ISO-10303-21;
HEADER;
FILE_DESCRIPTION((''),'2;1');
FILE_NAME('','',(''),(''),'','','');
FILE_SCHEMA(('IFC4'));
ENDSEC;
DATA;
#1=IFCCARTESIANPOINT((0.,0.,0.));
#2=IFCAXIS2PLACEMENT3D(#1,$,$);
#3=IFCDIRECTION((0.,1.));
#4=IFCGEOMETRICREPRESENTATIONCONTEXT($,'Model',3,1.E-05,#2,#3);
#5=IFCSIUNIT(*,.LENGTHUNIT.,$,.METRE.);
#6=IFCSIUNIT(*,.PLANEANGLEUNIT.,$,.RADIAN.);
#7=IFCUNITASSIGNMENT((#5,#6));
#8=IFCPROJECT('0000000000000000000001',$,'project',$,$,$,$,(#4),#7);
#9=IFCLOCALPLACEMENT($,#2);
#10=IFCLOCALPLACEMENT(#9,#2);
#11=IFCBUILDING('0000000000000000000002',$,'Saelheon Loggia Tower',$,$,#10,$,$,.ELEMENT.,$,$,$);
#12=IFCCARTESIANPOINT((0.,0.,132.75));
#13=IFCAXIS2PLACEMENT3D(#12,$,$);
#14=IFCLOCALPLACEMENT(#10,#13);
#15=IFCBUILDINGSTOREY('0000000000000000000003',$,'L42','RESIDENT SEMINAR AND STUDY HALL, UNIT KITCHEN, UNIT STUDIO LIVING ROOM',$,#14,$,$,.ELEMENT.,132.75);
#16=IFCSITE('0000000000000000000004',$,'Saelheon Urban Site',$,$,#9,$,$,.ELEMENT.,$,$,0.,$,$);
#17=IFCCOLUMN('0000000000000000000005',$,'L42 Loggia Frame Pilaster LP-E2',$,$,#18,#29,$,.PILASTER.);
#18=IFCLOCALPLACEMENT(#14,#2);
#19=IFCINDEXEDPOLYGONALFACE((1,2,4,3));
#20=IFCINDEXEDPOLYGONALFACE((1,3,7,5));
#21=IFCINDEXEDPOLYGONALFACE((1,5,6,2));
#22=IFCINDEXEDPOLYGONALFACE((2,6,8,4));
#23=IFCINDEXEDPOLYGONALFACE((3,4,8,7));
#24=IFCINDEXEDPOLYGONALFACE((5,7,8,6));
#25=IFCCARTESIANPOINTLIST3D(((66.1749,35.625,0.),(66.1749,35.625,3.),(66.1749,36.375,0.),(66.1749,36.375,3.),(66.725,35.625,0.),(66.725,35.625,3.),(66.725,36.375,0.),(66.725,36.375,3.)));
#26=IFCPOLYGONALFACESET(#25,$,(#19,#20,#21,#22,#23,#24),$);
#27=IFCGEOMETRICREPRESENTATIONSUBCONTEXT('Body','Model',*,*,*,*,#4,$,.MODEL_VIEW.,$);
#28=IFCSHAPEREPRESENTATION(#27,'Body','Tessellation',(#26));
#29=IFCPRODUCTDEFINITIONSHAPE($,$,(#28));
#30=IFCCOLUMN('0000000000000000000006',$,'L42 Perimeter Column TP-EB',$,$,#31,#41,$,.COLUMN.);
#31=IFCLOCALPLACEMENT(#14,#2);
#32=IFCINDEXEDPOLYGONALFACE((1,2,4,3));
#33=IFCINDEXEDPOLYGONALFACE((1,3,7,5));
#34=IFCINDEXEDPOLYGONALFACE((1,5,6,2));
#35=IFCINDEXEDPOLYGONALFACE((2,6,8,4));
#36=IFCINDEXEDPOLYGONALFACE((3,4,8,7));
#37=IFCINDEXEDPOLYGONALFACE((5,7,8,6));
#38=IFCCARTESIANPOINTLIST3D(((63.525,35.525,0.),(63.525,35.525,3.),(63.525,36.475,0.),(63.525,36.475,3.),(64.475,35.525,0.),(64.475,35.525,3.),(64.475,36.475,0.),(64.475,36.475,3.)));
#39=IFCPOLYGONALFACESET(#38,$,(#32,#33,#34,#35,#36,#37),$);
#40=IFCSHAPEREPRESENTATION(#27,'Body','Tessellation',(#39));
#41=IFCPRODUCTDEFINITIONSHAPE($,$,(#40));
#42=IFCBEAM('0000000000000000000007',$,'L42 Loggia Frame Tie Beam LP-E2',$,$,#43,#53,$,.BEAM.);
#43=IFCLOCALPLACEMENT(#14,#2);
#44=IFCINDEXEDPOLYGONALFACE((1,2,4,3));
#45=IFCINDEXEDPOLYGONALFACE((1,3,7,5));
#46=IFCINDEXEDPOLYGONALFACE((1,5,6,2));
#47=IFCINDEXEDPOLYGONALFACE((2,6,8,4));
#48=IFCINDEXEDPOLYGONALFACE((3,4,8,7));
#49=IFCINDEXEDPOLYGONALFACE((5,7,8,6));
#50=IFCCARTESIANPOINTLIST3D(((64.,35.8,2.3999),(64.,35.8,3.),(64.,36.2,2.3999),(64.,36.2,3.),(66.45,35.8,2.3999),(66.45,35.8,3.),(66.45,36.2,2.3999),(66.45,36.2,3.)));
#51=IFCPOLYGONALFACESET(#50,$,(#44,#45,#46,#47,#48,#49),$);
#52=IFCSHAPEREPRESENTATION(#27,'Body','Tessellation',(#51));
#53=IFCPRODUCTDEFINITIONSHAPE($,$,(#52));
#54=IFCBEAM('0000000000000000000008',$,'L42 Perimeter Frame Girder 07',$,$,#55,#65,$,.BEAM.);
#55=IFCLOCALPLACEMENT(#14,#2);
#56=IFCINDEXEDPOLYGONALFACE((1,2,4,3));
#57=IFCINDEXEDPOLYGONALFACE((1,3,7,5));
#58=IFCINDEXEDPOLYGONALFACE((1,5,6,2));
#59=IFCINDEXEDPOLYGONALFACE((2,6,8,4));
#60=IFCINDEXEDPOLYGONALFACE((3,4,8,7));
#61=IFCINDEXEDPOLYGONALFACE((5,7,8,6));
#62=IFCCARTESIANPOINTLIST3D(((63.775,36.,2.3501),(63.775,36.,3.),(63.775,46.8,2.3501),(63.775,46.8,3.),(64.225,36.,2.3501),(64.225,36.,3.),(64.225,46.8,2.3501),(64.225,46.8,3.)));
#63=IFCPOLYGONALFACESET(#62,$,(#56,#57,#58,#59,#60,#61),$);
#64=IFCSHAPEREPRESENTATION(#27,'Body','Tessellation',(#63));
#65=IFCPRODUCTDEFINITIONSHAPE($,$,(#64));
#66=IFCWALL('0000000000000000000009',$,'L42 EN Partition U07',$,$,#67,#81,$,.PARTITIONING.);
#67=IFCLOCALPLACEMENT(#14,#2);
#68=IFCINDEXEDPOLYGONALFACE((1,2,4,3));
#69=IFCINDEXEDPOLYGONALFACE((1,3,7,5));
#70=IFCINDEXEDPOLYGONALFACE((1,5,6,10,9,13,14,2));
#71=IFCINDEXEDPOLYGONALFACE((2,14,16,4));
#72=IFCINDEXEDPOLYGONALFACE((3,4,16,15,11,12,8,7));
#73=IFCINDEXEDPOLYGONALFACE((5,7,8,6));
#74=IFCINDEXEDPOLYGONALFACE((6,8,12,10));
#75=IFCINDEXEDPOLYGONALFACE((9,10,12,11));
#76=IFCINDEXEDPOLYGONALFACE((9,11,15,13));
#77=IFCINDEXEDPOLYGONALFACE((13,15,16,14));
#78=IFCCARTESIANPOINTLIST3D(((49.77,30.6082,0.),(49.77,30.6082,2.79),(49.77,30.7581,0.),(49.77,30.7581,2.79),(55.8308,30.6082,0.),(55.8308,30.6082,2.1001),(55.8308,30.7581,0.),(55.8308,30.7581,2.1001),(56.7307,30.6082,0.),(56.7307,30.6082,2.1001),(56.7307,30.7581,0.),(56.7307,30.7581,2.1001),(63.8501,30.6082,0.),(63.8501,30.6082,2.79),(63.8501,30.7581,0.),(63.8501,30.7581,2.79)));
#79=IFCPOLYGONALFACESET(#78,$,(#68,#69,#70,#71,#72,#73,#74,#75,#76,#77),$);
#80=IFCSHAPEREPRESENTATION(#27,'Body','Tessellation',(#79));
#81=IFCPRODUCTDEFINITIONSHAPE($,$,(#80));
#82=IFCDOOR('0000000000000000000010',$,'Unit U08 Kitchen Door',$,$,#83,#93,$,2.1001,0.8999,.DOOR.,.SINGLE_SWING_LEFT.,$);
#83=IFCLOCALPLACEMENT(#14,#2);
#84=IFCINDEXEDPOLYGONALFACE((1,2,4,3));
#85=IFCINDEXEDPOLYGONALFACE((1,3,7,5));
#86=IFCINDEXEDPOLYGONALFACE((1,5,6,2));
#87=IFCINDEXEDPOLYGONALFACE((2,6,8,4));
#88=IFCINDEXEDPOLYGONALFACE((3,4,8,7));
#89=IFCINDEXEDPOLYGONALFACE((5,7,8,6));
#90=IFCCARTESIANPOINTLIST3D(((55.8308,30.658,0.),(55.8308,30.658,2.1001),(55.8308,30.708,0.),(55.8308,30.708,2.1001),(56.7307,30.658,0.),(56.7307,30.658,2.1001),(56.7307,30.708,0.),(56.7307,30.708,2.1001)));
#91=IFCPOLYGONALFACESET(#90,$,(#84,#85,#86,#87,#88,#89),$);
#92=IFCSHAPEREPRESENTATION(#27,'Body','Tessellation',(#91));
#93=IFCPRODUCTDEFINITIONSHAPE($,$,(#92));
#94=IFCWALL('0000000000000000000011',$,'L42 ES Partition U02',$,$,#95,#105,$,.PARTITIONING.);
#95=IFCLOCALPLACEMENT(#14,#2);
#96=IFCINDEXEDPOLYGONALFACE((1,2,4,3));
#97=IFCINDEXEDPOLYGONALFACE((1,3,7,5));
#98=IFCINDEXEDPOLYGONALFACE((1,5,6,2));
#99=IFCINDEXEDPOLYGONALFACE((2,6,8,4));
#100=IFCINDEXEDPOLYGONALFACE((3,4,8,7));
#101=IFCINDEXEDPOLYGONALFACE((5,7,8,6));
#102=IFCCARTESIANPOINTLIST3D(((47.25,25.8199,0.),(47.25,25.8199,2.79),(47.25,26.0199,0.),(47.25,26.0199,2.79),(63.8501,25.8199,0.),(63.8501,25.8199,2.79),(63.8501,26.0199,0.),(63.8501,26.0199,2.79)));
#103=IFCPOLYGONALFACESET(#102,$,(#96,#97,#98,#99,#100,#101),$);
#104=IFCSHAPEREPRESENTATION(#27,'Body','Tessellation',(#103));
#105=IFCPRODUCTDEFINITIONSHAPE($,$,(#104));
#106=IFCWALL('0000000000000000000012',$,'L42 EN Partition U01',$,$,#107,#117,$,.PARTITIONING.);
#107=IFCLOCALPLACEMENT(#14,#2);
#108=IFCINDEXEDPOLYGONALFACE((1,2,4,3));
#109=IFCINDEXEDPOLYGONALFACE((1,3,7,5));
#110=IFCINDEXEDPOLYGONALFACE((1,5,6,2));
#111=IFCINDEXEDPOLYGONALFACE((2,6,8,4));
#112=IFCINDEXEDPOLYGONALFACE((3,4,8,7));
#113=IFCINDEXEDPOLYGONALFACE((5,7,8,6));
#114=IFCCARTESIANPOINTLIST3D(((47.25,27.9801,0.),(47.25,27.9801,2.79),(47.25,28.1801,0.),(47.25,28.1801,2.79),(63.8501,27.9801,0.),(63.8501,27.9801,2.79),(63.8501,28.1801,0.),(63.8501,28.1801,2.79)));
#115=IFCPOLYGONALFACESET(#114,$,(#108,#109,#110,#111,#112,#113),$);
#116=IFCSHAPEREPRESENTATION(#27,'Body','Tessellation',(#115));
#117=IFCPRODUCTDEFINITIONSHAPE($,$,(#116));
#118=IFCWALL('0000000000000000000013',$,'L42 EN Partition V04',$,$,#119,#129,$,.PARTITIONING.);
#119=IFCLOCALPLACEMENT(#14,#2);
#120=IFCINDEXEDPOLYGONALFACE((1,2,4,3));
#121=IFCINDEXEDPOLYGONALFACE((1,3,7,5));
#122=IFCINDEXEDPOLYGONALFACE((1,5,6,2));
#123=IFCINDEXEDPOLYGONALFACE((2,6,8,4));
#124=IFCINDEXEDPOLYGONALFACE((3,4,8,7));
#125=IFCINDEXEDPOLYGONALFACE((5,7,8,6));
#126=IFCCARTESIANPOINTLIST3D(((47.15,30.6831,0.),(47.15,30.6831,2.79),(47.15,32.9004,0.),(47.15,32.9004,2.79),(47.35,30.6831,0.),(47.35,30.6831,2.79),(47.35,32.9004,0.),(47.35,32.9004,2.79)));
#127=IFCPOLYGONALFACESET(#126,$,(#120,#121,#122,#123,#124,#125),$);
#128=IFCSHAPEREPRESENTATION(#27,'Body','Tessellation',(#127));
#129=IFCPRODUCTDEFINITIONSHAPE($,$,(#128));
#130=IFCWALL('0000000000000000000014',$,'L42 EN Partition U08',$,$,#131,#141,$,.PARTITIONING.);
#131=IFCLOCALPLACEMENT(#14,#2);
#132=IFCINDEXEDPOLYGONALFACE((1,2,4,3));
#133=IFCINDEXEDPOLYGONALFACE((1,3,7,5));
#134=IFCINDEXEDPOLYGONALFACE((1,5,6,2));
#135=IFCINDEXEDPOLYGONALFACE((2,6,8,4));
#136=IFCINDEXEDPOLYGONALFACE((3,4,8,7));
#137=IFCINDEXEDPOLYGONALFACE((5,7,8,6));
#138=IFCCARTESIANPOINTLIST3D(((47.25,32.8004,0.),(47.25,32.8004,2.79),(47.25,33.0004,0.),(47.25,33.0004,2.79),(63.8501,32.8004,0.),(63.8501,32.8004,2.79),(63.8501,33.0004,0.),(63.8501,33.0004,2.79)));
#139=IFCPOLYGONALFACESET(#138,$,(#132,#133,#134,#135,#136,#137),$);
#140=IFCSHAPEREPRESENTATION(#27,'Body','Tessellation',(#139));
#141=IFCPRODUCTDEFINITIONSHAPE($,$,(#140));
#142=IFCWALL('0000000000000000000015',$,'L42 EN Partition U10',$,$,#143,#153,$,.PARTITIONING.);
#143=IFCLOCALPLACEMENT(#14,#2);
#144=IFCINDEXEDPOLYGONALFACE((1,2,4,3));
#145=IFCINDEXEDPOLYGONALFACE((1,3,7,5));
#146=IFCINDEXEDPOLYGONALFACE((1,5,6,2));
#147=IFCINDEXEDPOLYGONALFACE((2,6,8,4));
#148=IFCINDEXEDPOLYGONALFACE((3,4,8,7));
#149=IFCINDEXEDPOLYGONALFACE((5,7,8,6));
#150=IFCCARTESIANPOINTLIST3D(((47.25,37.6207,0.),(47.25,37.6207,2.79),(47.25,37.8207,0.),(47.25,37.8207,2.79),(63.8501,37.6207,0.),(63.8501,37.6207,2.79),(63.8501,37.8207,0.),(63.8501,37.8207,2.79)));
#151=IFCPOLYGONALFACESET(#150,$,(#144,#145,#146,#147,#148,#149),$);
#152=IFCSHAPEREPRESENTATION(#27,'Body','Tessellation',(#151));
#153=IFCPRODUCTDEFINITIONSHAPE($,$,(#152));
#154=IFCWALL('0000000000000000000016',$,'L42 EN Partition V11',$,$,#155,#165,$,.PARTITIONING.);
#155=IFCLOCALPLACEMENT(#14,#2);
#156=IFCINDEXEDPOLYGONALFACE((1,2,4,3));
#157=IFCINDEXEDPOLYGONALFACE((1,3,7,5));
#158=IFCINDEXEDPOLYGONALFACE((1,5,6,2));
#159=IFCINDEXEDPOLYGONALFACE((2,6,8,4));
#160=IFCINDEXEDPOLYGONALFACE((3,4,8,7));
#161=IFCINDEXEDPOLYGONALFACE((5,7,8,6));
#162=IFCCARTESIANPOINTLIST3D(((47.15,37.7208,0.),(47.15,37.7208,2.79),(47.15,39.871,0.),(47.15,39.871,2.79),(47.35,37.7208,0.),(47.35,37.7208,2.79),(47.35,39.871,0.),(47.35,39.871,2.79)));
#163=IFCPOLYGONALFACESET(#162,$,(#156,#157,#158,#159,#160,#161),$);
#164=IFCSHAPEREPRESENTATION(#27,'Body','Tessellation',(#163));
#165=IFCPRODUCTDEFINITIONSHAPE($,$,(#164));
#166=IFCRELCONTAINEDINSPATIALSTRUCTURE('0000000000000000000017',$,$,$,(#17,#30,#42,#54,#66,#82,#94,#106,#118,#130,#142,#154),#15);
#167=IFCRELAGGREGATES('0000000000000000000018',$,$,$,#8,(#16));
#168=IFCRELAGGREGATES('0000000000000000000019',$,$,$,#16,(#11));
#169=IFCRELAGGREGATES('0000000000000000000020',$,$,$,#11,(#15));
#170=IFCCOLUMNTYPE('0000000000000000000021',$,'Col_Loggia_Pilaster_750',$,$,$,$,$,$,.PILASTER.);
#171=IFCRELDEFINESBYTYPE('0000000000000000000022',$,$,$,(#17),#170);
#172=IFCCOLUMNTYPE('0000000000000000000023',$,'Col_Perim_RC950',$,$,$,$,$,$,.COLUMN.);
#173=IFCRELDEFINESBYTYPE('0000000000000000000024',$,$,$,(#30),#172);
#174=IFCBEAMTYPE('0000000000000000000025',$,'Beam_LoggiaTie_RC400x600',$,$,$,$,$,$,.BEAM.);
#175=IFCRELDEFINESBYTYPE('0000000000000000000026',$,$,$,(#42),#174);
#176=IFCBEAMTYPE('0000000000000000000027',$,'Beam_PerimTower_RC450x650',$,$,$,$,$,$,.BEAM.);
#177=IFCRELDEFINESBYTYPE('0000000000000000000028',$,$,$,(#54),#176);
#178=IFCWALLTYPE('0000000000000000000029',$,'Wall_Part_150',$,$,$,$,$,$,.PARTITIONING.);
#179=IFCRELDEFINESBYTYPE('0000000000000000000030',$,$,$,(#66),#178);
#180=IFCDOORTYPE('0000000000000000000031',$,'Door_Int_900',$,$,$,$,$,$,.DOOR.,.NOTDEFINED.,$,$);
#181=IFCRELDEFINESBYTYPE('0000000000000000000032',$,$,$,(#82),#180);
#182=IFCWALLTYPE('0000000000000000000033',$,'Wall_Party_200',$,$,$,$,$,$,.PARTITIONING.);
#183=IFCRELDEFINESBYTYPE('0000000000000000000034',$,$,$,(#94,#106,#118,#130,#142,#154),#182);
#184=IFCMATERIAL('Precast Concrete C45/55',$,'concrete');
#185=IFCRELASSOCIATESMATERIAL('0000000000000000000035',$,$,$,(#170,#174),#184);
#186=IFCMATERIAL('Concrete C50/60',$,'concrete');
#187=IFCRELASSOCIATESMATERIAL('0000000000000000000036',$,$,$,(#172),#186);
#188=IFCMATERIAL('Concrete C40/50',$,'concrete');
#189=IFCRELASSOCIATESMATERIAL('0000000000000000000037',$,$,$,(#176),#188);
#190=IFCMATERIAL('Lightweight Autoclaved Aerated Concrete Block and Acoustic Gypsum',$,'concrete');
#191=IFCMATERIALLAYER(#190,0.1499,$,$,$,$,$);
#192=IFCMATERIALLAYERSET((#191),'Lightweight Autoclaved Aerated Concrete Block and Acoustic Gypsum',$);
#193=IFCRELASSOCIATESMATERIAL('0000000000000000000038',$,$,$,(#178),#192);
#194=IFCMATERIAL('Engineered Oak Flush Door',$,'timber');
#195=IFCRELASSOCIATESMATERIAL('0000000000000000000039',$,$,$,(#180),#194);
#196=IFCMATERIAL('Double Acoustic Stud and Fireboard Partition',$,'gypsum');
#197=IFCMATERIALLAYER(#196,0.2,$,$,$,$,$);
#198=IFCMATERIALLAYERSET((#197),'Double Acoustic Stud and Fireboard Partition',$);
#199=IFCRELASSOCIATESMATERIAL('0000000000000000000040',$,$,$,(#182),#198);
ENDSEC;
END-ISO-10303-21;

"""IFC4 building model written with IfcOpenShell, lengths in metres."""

from ifc_helpers import new_model, si_unit, direction, frame, frame_2d, origin, origin_2d, place, context, subcontext, project, spatial, rectangle, extrude, source, transform, mapped, material, layer, layer_set, material_profile, profile_set, type_object, element, fill, save


model = new_model("IFC4")

# Units and contexts
model_context = context("Model", 3, precision=1e-05, world=origin(), true_north=direction((0.0, 1.0)))
body_context = subcontext(model_context, "Body", "Model", "MODEL_VIEW")
ifc_project = project(units=[si_unit("LENGTHUNIT", "METRE"), si_unit("PLANEANGLEUNIT", "RADIAN")], contexts=[model_context])

# Site, building, storey
site_placement = place(None, origin())
site = spatial("IfcSite", under=ifc_project, at=site_placement, Name="Saelheon Urban Site", CompositionType="ELEMENT", RefElevation=0.0)
building_placement = place(site_placement, origin())
building = spatial("IfcBuilding", under=site, at=building_placement, Name="Saelheon Loggia Tower", CompositionType="ELEMENT")
storey_placement = place(building_placement, frame((0.0, 0.0, 132.75)))
storey = spatial("IfcBuildingStorey", under=building, at=storey_placement, Name="L42", Description="RESIDENT SEMINAR AND STUDY HALL, UNIT KITCHEN, UNIT STUDIO LIVING ROOM", CompositionType="ELEMENT", Elevation=132.75)

# Columns
ifc_material_1 = material(Name="Precast Concrete C45/55", Category="concrete")
ifc_material_profile_1 = material_profile(ifc_material_1, rectangle(XDim=0.55, YDim=0.75, at=origin_2d()), Name="RC-550x750")
ifc_profile_set_1 = profile_set([ifc_material_profile_1], Name="Precast Concrete C45/55")
column_type_1 = type_object("IfcColumnType", Name="Col_Loggia_Pilaster_750", PredefinedType="PILASTER", material=ifc_profile_set_1)
shared_shape_1 = source(origin(), body_context, "Body", "SweptSolid", [
    extrude(rectangle(XDim=0.55, YDim=0.75, at=origin_2d()), origin(), (0.0, 0.0, 1.0), 3.0),
])
column_1_placement = place(storey_placement, frame((66.45, 36.0, 0.0), z_axis=(0.0, 0.0, 1.0), x_axis=(1.0, 0.0, 0.0)))
element("IfcColumn", 1, at=column_1_placement, inside=storey, type_object=column_type_1, Name="L42 Loggia Frame Pilaster LP-E2", PredefinedType="PILASTER", context=body_context, shape_type="MappedRepresentation", body=[
    mapped(shared_shape_1, transform((0.0, 0.0, 0.0), scale=1.0)),
])
ifc_material_2 = material(Name="Concrete C50/60", Category="concrete")
ifc_material_profile_2 = material_profile(ifc_material_2, rectangle(XDim=0.95, YDim=0.95, at=origin_2d()), Name="RC-950x950")
ifc_profile_set_2 = profile_set([ifc_material_profile_2], Name="Concrete C50/60")
column_type_2 = type_object("IfcColumnType", Name="Col_Perim_RC950", PredefinedType="COLUMN", material=ifc_profile_set_2)
shared_shape_2 = source(origin(), body_context, "Body", "SweptSolid", [
    extrude(rectangle(XDim=0.95, YDim=0.95, at=origin_2d()), origin(), (0.0, 0.0, 1.0), 3.0),
])
column_2_placement = place(storey_placement, frame((64.0, 36.0, 0.0), z_axis=(0.0, 0.0, 1.0), x_axis=(1.0, 0.0, 0.0)))
element("IfcColumn", 2, at=column_2_placement, inside=storey, type_object=column_type_2, Name="L42 Perimeter Column TP-EB", PredefinedType="COLUMN", context=body_context, shape_type="MappedRepresentation", body=[
    mapped(shared_shape_2, transform((0.0, 0.0, 0.0), scale=1.0)),
])

# Beams
ifc_material_profile_3 = material_profile(ifc_material_1, rectangle(XDim=0.3999, YDim=0.6001, at=origin_2d()), Name="RC-400x600")
ifc_profile_set_3 = profile_set([ifc_material_profile_3], Name="Precast Concrete C45/55")
beam_type_1 = type_object("IfcBeamType", Name="Beam_LoggiaTie_RC400x600", PredefinedType="BEAM", material=ifc_profile_set_3)
shared_shape_3 = source(origin(), body_context, "Body", "SweptSolid", [
    extrude(rectangle(XDim=0.3999, YDim=0.6001, at=origin_2d()), origin(), (0.0, 0.0, 1.0), 2.45),
])
beam_1_placement = place(storey_placement, frame((64.0, 36.0, 2.7), z_axis=(1.0, 0.0, 0.0), x_axis=(0.0, 1.0, 0.0)))
element("IfcBeam", 3, at=beam_1_placement, inside=storey, type_object=beam_type_1, Name="L42 Loggia Frame Tie Beam LP-E2", PredefinedType="BEAM", context=body_context, shape_type="MappedRepresentation", body=[
    mapped(shared_shape_3, transform((0.0, 0.0, 0.0), scale=1.0)),
])
ifc_material_3 = material(Name="Concrete C40/50", Category="concrete")
ifc_material_profile_4 = material_profile(ifc_material_3, rectangle(XDim=0.45, YDim=0.6499, at=origin_2d()), Name="RC-450x650")
ifc_profile_set_4 = profile_set([ifc_material_profile_4], Name="Concrete C40/50")
beam_type_2 = type_object("IfcBeamType", Name="Beam_PerimTower_RC450x650", PredefinedType="BEAM", material=ifc_profile_set_4)
shared_shape_4 = source(origin(), body_context, "Body", "SweptSolid", [
    extrude(rectangle(XDim=0.45, YDim=0.6499, at=origin_2d()), origin(), (0.0, 0.0, 1.0), 10.8),
])
beam_2_placement = place(storey_placement, frame((64.0, 36.0, 2.675), z_axis=(0.0, 1.0, 0.0), x_axis=(-1.0, 0.0, 0.0)))
element("IfcBeam", 4, at=beam_2_placement, inside=storey, type_object=beam_type_2, Name="L42 Perimeter Frame Girder 07", PredefinedType="BEAM", context=body_context, shape_type="MappedRepresentation", body=[
    mapped(shared_shape_4, transform((0.0, 0.0, 0.0), scale=1.0)),
])

# Wall, opening, door
ifc_material_4 = material(Name="Lightweight Autoclaved Aerated Concrete Block and Acoustic Gypsum", Category="concrete")
ifc_layer_1 = layer(ifc_material_4, 0.1499)
ifc_layer_set_1 = layer_set([ifc_layer_1], Name="Lightweight Autoclaved Aerated Concrete Block and Acoustic Gypsum")
wall_type_1 = type_object("IfcWallType", Name="Wall_Part_150", PredefinedType="PARTITIONING", material=ifc_layer_set_1)
wall_1_placement = place(storey_placement, frame((49.77, 30.6831, 0.0), z_axis=(0.0, 0.0, 1.0), x_axis=(1.0, 0.0, 0.0)))
wall_1 = element("IfcWall", 5, at=wall_1_placement, inside=storey, type_object=wall_type_1, Name="L42 EN Partition U07", PredefinedType="PARTITIONING", context=body_context, shape_type="SweptSolid", body=[
    extrude(rectangle(XDim=14.0801, YDim=0.1499, at=frame_2d((7.04, 0.0))), origin(), (0.0, 0.0, 1.0), 2.79),
])
opening_1_placement = place(wall_1_placement, frame((6.0608, 0.0, 0.0)))
opening_1 = element("IfcOpeningElement", 6, at=opening_1_placement, cuts=wall_1, PredefinedType="OPENING", context=body_context, shape_type="SweptSolid", body=[
    extrude(rectangle(XDim=0.8999, YDim=2.1001, at=frame_2d((0.45, 1.05))), frame((0.0, 0.0869, 0.0), z_axis=(0.0, -1.0, 0.0), x_axis=(1.0, 0.0, 0.0)), (0.0, 0.0, 1.0), 0.1738),
])
ifc_material_5 = material(Name="Engineered Oak Flush Door", Category="timber")
door_type_1 = type_object("IfcDoorType", Name="Door_Int_900", OperationType="NOTDEFINED", PredefinedType="DOOR", material=ifc_material_5)
shared_shape_5 = source(origin(), body_context, "Body", "SweptSolid", [
    extrude(rectangle(XDim=0.8999, YDim=2.1001, at=frame_2d((0.45, 1.05))), frame((0.0, 0.0249, 0.0), z_axis=(0.0, -1.0, 0.0), x_axis=(1.0, 0.0, 0.0)), (0.0, 0.0, 1.0), 0.05),
])
door_1_placement = place(opening_1_placement, origin())
door_1 = element("IfcDoor", 7, at=door_1_placement, inside=storey, type_object=door_type_1, Name="Unit U08 Kitchen Door", OperationType="SINGLE_SWING_LEFT", OverallHeight=2.1001, OverallWidth=0.8999, PredefinedType="DOOR", context=body_context, shape_type="MappedRepresentation", body=[
    mapped(shared_shape_5, transform((0.0, 0.0, 0.0), scale=1.0)),
])
fill(opening_1, door_1)

# Walls
ifc_material_6 = material(Name="Double Acoustic Stud and Fireboard Partition", Category="gypsum")
ifc_layer_2 = layer(ifc_material_6, 0.2)
ifc_layer_set_2 = layer_set([ifc_layer_2], Name="Double Acoustic Stud and Fireboard Partition")
wall_type_2 = type_object("IfcWallType", Name="Wall_Party_200", PredefinedType="PARTITIONING", material=ifc_layer_set_2)
for number, where, z_axis, x_axis, name in (
    (8, (47.25, 25.9199, 0.0), (0.0, 0.0, 1.0), (1.0, 0.0, 0.0), "L42 ES Partition U02"),
    (9, (47.25, 28.0801, 0.0), (0.0, 0.0, 1.0), (1.0, 0.0, 0.0), "L42 EN Partition U01"),
):
    element("IfcWall", number, at=place(storey_placement, frame(where, z_axis=z_axis, x_axis=x_axis)), inside=storey, type_object=wall_type_2, Name=name, PredefinedType="PARTITIONING", context=body_context, shape_type="SweptSolid", body=[
        extrude(rectangle(XDim=16.6001, YDim=0.2, at=frame_2d((8.3, 0.0))), origin(), (0.0, 0.0, 1.0), 2.79),
    ])

# Walls
wall_2_placement = place(storey_placement, frame((47.25, 30.6831, 0.0), z_axis=(0.0, 0.0, 1.0), x_axis=(0.0, 1.0, 0.0)))
element("IfcWall", 10, at=wall_2_placement, inside=storey, type_object=wall_type_2, Name="L42 EN Partition V04", PredefinedType="PARTITIONING", context=body_context, shape_type="SweptSolid", body=[
    extrude(rectangle(XDim=2.2173, YDim=0.2, at=frame_2d((1.1086, 0.0))), origin(), (0.0, 0.0, 1.0), 2.79),
])
for number, where, z_axis, x_axis, name in (
    (11, (47.25, 32.9004, 0.0), (0.0, 0.0, 1.0), (1.0, 0.0, 0.0), "L42 EN Partition U08"),
    (12, (47.25, 37.7207, 0.0), (0.0, 0.0, 1.0), (1.0, 0.0, 0.0), "L42 EN Partition U10"),
):
    element("IfcWall", number, at=place(storey_placement, frame(where, z_axis=z_axis, x_axis=x_axis)), inside=storey, type_object=wall_type_2, Name=name, PredefinedType="PARTITIONING", context=body_context, shape_type="SweptSolid", body=[
        extrude(rectangle(XDim=16.6001, YDim=0.2, at=frame_2d((8.3, 0.0))), origin(), (0.0, 0.0, 1.0), 2.79),
    ])
wall_3_placement = place(storey_placement, frame((47.25, 37.7207, 0.0), z_axis=(0.0, 0.0, 1.0), x_axis=(0.0, 1.0, 0.0)))
element("IfcWall", 13, at=wall_3_placement, inside=storey, type_object=wall_type_2, Name="L42 EN Partition V11", PredefinedType="PARTITIONING", context=body_context, shape_type="SweptSolid", body=[
    extrude(rectangle(XDim=2.1501, YDim=0.2, at=frame_2d((1.0752, 0.0))), origin(), (0.0, 0.0, 1.0), 2.79),
])

save(model, "model.ifc")
